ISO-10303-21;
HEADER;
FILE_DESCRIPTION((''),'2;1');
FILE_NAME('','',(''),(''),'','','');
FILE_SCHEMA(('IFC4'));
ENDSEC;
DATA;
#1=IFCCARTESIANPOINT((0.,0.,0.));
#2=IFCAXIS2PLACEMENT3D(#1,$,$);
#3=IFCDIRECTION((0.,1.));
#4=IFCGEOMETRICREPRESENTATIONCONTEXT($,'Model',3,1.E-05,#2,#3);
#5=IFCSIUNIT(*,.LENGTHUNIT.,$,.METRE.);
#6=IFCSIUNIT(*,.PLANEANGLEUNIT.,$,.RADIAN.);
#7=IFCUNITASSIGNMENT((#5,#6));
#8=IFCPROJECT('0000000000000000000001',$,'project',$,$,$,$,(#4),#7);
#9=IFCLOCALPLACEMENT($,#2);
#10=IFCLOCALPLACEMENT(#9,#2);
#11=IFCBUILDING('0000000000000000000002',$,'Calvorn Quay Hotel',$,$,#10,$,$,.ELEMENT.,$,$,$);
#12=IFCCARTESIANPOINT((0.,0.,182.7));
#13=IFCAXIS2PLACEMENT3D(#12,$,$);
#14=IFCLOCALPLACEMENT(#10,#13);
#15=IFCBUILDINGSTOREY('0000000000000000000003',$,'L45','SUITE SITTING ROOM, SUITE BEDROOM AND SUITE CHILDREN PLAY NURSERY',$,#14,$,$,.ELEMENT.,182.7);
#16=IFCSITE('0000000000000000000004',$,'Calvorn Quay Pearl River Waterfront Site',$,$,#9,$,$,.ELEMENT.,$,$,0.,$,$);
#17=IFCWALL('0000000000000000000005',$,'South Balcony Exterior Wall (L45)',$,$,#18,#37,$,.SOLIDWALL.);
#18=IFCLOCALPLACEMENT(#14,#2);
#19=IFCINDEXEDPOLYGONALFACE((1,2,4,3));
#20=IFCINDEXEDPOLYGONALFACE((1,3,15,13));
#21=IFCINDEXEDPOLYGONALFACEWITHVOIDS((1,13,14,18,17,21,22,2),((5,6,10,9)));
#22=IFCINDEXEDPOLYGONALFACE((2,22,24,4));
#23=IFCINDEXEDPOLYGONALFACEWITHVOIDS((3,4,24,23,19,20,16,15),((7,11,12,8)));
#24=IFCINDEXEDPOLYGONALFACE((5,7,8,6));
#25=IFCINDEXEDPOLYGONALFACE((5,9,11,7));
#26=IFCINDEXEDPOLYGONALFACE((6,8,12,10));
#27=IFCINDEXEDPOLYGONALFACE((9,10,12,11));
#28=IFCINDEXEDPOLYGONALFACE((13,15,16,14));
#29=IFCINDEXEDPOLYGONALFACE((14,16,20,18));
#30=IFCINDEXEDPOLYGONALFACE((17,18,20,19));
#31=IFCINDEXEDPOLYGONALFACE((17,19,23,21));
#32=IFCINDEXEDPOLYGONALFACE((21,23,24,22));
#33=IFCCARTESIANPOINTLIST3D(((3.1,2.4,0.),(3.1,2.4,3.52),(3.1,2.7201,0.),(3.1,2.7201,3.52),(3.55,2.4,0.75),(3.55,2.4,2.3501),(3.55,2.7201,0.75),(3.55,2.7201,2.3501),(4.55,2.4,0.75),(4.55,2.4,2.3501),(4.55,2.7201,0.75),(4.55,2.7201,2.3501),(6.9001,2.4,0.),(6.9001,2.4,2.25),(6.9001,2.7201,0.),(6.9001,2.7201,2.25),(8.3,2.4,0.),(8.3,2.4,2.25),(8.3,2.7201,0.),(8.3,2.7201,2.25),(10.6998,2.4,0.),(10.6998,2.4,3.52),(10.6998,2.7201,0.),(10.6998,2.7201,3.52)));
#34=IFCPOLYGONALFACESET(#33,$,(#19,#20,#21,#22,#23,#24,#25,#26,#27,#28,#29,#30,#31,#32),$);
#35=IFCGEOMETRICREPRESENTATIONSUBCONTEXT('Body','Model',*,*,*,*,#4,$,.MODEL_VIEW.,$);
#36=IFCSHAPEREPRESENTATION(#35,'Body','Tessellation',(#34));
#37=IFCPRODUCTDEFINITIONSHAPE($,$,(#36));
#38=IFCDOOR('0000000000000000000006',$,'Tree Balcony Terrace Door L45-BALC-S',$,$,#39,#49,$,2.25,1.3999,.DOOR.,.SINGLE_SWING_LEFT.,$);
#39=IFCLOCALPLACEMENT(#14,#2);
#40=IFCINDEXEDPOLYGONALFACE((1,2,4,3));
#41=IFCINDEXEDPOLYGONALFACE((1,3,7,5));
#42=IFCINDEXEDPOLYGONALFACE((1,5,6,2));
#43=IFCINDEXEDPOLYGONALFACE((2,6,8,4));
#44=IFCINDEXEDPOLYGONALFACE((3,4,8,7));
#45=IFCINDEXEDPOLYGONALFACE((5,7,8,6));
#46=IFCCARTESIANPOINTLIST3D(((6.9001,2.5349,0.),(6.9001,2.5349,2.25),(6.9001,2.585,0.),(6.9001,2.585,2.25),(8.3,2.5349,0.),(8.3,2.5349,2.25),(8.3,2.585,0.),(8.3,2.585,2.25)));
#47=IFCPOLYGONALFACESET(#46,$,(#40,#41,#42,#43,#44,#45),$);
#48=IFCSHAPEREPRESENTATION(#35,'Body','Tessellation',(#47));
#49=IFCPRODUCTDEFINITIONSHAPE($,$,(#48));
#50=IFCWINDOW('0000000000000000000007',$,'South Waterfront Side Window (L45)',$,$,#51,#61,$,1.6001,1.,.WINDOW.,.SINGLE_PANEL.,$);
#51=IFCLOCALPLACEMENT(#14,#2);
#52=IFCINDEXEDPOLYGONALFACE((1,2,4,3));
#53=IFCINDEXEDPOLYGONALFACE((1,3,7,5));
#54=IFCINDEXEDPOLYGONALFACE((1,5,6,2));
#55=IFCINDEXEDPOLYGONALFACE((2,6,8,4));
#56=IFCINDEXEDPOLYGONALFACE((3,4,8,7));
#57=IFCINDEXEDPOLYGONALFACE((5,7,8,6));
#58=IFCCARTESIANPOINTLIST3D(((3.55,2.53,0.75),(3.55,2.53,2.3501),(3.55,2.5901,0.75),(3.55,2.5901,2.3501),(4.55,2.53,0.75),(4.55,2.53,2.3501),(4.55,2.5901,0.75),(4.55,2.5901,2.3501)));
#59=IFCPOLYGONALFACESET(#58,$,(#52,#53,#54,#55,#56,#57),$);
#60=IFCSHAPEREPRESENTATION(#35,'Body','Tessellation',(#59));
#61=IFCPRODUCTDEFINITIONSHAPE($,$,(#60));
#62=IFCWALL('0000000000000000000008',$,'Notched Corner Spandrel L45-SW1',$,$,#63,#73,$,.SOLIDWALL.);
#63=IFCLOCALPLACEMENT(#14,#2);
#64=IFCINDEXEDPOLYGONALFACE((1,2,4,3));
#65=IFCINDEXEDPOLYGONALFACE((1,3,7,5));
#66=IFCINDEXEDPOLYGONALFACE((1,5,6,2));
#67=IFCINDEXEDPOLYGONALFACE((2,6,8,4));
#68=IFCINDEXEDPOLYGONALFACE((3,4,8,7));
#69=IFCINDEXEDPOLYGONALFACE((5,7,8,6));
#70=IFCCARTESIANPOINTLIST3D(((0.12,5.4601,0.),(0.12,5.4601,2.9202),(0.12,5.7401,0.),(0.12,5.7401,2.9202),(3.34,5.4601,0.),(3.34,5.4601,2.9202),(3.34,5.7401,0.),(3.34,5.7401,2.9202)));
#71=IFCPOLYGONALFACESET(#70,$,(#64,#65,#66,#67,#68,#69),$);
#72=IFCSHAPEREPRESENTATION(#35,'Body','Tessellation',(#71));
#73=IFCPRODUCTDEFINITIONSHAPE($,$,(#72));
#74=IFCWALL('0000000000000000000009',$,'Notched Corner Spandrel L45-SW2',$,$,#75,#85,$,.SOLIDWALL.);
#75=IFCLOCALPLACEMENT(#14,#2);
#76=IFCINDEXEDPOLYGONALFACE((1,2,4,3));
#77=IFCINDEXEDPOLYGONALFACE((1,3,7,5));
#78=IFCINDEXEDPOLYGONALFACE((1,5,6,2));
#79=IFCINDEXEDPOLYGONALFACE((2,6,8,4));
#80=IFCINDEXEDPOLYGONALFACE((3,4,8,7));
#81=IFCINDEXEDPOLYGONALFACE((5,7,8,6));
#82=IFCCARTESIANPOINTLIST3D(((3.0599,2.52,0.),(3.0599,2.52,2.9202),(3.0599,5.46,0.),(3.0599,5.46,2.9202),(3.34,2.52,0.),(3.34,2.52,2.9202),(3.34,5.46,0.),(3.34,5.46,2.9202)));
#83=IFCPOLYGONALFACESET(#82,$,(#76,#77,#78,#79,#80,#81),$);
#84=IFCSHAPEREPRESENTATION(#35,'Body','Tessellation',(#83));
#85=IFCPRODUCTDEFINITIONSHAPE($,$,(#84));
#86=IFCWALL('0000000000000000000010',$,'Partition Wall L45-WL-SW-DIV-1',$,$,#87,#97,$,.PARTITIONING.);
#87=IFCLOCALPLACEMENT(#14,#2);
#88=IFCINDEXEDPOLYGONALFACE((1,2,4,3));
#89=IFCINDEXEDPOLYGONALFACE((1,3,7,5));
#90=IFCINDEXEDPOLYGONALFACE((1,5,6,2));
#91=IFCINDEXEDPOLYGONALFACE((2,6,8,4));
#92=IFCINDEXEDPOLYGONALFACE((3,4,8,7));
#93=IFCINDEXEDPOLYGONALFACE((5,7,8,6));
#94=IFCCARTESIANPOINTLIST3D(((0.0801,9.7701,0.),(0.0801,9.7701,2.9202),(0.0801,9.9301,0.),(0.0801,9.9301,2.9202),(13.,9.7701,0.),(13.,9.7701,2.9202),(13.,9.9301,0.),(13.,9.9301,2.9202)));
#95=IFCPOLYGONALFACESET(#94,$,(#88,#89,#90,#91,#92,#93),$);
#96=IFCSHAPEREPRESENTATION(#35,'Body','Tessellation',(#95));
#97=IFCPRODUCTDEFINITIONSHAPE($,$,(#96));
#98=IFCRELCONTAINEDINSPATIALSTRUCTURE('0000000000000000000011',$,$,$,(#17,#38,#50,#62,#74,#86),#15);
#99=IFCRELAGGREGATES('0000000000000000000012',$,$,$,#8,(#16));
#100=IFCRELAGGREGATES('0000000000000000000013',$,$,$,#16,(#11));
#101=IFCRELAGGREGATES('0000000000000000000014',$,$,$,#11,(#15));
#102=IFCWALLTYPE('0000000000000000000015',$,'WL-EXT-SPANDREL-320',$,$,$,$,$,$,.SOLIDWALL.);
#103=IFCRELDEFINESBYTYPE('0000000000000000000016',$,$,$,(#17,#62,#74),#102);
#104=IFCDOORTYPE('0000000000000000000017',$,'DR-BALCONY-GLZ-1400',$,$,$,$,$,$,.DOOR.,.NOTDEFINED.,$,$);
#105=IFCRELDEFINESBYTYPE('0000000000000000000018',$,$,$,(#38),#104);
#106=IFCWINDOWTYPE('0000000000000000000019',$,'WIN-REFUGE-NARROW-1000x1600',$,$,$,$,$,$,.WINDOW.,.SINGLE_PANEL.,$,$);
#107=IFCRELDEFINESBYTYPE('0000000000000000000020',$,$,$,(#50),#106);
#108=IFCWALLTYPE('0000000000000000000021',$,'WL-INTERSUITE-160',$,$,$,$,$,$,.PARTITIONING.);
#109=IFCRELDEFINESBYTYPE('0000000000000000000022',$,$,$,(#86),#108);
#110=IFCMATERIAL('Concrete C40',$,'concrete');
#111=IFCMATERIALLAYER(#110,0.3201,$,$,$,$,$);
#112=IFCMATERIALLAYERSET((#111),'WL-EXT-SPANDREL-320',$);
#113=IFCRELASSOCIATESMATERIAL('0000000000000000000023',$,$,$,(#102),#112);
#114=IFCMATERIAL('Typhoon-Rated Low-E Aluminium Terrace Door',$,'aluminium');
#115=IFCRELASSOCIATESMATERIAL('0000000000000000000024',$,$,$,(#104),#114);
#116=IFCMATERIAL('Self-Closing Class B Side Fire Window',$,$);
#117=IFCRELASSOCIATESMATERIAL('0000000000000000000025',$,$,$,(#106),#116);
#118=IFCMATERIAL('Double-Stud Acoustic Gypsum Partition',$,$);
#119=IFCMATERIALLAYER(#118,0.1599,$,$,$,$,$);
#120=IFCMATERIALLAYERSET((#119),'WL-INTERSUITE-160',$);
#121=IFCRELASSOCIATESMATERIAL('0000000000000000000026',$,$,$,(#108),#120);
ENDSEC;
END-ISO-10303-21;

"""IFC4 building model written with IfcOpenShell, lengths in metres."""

from ifc_helpers import new_model, si_unit, direction, frame, frame_2d, origin, place, context, subcontext, project, spatial, rectangle, extrude, material, layer, layer_set, type_object, element, fill, save


model = new_model("IFC4")

# Units and contexts
model_context = context("Model", 3, precision=1e-05, world=origin(), true_north=direction((0.0, 1.0)))
body_context = subcontext(model_context, "Body", "Model", "MODEL_VIEW")
ifc_project = project(units=[si_unit("LENGTHUNIT", "METRE"), si_unit("PLANEANGLEUNIT", "RADIAN")], contexts=[model_context])

# Site, building, storey
site_placement = place(None, origin())
site = spatial("IfcSite", under=ifc_project, at=site_placement, Name="Calvorn Quay Pearl River Waterfront Site", CompositionType="ELEMENT", RefElevation=0.0)
building_placement = place(site_placement, origin())
building = spatial("IfcBuilding", under=site, at=building_placement, Name="Calvorn Quay Hotel", CompositionType="ELEMENT")
storey_placement = place(building_placement, frame((0.0, 0.0, 182.7)))
storey = spatial("IfcBuildingStorey", under=building, at=storey_placement, Name="L45", Description="SUITE SITTING ROOM, SUITE BEDROOM AND SUITE CHILDREN PLAY NURSERY", CompositionType="ELEMENT", Elevation=182.7)

# Wall, openings, door, window
ifc_material_1 = material(Name="Concrete C40", Category="concrete")
ifc_layer_1 = layer(ifc_material_1, 0.3201)
ifc_layer_set_1 = layer_set([ifc_layer_1], Name="WL-EXT-SPANDREL-320")
wall_type_1 = type_object("IfcWallType", Name="WL-EXT-SPANDREL-320", PredefinedType="SOLIDWALL", material=ifc_layer_set_1)
wall_1_placement = place(storey_placement, frame((3.1001, 2.5601, 0.0), z_axis=(0.0, 0.0, 1.0), x_axis=(1.0, 0.0, 0.0)))
wall_1 = element("IfcWall", 1, at=wall_1_placement, inside=storey, type_object=wall_type_1, Name="South Balcony Exterior Wall (L45)", PredefinedType="SOLIDWALL", context=body_context, shape_type="SweptSolid", body=[
    extrude(rectangle(XDim=7.5999, YDim=0.3201, at=frame_2d((3.7998, 0.0))), origin(), (0.0, 0.0, 1.0), 3.52),
])
opening_1_placement = place(wall_1_placement, frame((0.45, 0.0, 0.75)))
opening_1 = element("IfcOpeningElement", 2, at=opening_1_placement, cuts=wall_1, PredefinedType="OPENING", context=body_context, shape_type="SweptSolid", body=[
    extrude(rectangle(XDim=1.0, YDim=1.6001, at=frame_2d((0.5, 0.8))), frame((0.0, 0.1699, 0.0), z_axis=(0.0, -1.0, 0.0), x_axis=(1.0, 0.0, 0.0)), (0.0, 0.0, 1.0), 0.3401),
])
opening_2_placement = place(wall_1_placement, frame((3.8, 0.0, 0.0)))
opening_2 = element("IfcOpeningElement", 3, at=opening_2_placement, cuts=wall_1, PredefinedType="OPENING", context=body_context, shape_type="SweptSolid", body=[
    extrude(rectangle(XDim=1.3999, YDim=2.25, at=frame_2d((0.7, 1.125))), frame((0.0, 0.1699, 0.0), z_axis=(0.0, -1.0, 0.0), x_axis=(1.0, 0.0, 0.0)), (0.0, 0.0, 1.0), 0.3401),
])
ifc_material_2 = material(Name="Typhoon-Rated Low-E Aluminium Terrace Door", Category="aluminium")
door_type_1 = type_object("IfcDoorType", Name="DR-BALCONY-GLZ-1400", OperationType="NOTDEFINED", PredefinedType="DOOR", material=ifc_material_2)
door_1_placement = place(opening_2_placement, origin())
door_1 = element("IfcDoor", 4, at=door_1_placement, inside=storey, type_object=door_type_1, Name="Tree Balcony Terrace Door L45-BALC-S", OperationType="SINGLE_SWING_LEFT", OverallHeight=2.25, OverallWidth=1.3999, PredefinedType="DOOR", context=body_context, shape_type="SweptSolid", body=[
    extrude(rectangle(XDim=1.3999, YDim=2.25, at=frame_2d((0.7, 1.125))), frame((0.0, 0.0249, 0.0), z_axis=(0.0, -1.0, 0.0), x_axis=(1.0, 0.0, 0.0)), (0.0, 0.0, 1.0), 0.05),
])
fill(opening_2, door_1)
ifc_material_3 = material(Name="Self-Closing Class B Side Fire Window")
window_type = type_object("IfcWindowType", Name="WIN-REFUGE-NARROW-1000x1600", PartitioningType="SINGLE_PANEL", PredefinedType="WINDOW", material=ifc_material_3)
window_placement = place(opening_1_placement, origin())
window = element("IfcWindow", 5, at=window_placement, inside=storey, type_object=window_type, Name="South Waterfront Side Window (L45)", OverallHeight=1.6001, OverallWidth=1.0, PartitioningType="SINGLE_PANEL", PredefinedType="WINDOW", context=body_context, shape_type="SweptSolid", body=[
    extrude(rectangle(XDim=1.0, YDim=1.6001, at=frame_2d((0.5, 0.8))), frame((0.0, 0.03, 0.0), z_axis=(0.0, -1.0, 0.0), x_axis=(1.0, 0.0, 0.0)), (0.0, 0.0, 1.0), 0.0601),
])
fill(opening_1, window)

# Walls
wall_2_placement = place(storey_placement, frame((0.1201, 5.6001, 0.0), z_axis=(0.0, 0.0, 1.0), x_axis=(1.0, 0.0, 0.0)))
element("IfcWall", 6, at=wall_2_placement, inside=storey, type_object=wall_type_1, Name="Notched Corner Spandrel L45-SW1", PredefinedType="SOLIDWALL", context=body_context, shape_type="SweptSolid", body=[
    extrude(rectangle(XDim=3.22, YDim=0.28, at=frame_2d((1.6099, 0.0))), origin(), (0.0, 0.0, 1.0), 2.9202),
])
wall_3_placement = place(storey_placement, frame((3.2, 5.46, 0.0), z_axis=(0.0, 0.0, 1.0), x_axis=(0.0, -1.0, 0.0)))
element("IfcWall", 7, at=wall_3_placement, inside=storey, type_object=wall_type_1, Name="Notched Corner Spandrel L45-SW2", PredefinedType="SOLIDWALL", context=body_context, shape_type="SweptSolid", body=[
    extrude(rectangle(XDim=2.9399, YDim=0.28, at=frame_2d((1.47, 0.0))), origin(), (0.0, 0.0, 1.0), 2.9202),
])
ifc_material_4 = material(Name="Double-Stud Acoustic Gypsum Partition")
ifc_layer_2 = layer(ifc_material_4, 0.1599)
ifc_layer_set_2 = layer_set([ifc_layer_2], Name="WL-INTERSUITE-160")
wall_type_2 = type_object("IfcWallType", Name="WL-INTERSUITE-160", PredefinedType="PARTITIONING", material=ifc_layer_set_2)
wall_4_placement = place(storey_placement, frame((0.0801, 9.8501, 0.0), z_axis=(0.0, 0.0, 1.0), x_axis=(1.0, 0.0, 0.0)))
element("IfcWall", 8, at=wall_4_placement, inside=storey, type_object=wall_type_2, Name="Partition Wall L45-WL-SW-DIV-1", PredefinedType="PARTITIONING", context=body_context, shape_type="SweptSolid", body=[
    extrude(rectangle(XDim=12.9199, YDim=0.1599, at=frame_2d((6.46, 0.0))), origin(), (0.0, 0.0, 1.0), 2.9202),
])

save(model, "model.ifc")
